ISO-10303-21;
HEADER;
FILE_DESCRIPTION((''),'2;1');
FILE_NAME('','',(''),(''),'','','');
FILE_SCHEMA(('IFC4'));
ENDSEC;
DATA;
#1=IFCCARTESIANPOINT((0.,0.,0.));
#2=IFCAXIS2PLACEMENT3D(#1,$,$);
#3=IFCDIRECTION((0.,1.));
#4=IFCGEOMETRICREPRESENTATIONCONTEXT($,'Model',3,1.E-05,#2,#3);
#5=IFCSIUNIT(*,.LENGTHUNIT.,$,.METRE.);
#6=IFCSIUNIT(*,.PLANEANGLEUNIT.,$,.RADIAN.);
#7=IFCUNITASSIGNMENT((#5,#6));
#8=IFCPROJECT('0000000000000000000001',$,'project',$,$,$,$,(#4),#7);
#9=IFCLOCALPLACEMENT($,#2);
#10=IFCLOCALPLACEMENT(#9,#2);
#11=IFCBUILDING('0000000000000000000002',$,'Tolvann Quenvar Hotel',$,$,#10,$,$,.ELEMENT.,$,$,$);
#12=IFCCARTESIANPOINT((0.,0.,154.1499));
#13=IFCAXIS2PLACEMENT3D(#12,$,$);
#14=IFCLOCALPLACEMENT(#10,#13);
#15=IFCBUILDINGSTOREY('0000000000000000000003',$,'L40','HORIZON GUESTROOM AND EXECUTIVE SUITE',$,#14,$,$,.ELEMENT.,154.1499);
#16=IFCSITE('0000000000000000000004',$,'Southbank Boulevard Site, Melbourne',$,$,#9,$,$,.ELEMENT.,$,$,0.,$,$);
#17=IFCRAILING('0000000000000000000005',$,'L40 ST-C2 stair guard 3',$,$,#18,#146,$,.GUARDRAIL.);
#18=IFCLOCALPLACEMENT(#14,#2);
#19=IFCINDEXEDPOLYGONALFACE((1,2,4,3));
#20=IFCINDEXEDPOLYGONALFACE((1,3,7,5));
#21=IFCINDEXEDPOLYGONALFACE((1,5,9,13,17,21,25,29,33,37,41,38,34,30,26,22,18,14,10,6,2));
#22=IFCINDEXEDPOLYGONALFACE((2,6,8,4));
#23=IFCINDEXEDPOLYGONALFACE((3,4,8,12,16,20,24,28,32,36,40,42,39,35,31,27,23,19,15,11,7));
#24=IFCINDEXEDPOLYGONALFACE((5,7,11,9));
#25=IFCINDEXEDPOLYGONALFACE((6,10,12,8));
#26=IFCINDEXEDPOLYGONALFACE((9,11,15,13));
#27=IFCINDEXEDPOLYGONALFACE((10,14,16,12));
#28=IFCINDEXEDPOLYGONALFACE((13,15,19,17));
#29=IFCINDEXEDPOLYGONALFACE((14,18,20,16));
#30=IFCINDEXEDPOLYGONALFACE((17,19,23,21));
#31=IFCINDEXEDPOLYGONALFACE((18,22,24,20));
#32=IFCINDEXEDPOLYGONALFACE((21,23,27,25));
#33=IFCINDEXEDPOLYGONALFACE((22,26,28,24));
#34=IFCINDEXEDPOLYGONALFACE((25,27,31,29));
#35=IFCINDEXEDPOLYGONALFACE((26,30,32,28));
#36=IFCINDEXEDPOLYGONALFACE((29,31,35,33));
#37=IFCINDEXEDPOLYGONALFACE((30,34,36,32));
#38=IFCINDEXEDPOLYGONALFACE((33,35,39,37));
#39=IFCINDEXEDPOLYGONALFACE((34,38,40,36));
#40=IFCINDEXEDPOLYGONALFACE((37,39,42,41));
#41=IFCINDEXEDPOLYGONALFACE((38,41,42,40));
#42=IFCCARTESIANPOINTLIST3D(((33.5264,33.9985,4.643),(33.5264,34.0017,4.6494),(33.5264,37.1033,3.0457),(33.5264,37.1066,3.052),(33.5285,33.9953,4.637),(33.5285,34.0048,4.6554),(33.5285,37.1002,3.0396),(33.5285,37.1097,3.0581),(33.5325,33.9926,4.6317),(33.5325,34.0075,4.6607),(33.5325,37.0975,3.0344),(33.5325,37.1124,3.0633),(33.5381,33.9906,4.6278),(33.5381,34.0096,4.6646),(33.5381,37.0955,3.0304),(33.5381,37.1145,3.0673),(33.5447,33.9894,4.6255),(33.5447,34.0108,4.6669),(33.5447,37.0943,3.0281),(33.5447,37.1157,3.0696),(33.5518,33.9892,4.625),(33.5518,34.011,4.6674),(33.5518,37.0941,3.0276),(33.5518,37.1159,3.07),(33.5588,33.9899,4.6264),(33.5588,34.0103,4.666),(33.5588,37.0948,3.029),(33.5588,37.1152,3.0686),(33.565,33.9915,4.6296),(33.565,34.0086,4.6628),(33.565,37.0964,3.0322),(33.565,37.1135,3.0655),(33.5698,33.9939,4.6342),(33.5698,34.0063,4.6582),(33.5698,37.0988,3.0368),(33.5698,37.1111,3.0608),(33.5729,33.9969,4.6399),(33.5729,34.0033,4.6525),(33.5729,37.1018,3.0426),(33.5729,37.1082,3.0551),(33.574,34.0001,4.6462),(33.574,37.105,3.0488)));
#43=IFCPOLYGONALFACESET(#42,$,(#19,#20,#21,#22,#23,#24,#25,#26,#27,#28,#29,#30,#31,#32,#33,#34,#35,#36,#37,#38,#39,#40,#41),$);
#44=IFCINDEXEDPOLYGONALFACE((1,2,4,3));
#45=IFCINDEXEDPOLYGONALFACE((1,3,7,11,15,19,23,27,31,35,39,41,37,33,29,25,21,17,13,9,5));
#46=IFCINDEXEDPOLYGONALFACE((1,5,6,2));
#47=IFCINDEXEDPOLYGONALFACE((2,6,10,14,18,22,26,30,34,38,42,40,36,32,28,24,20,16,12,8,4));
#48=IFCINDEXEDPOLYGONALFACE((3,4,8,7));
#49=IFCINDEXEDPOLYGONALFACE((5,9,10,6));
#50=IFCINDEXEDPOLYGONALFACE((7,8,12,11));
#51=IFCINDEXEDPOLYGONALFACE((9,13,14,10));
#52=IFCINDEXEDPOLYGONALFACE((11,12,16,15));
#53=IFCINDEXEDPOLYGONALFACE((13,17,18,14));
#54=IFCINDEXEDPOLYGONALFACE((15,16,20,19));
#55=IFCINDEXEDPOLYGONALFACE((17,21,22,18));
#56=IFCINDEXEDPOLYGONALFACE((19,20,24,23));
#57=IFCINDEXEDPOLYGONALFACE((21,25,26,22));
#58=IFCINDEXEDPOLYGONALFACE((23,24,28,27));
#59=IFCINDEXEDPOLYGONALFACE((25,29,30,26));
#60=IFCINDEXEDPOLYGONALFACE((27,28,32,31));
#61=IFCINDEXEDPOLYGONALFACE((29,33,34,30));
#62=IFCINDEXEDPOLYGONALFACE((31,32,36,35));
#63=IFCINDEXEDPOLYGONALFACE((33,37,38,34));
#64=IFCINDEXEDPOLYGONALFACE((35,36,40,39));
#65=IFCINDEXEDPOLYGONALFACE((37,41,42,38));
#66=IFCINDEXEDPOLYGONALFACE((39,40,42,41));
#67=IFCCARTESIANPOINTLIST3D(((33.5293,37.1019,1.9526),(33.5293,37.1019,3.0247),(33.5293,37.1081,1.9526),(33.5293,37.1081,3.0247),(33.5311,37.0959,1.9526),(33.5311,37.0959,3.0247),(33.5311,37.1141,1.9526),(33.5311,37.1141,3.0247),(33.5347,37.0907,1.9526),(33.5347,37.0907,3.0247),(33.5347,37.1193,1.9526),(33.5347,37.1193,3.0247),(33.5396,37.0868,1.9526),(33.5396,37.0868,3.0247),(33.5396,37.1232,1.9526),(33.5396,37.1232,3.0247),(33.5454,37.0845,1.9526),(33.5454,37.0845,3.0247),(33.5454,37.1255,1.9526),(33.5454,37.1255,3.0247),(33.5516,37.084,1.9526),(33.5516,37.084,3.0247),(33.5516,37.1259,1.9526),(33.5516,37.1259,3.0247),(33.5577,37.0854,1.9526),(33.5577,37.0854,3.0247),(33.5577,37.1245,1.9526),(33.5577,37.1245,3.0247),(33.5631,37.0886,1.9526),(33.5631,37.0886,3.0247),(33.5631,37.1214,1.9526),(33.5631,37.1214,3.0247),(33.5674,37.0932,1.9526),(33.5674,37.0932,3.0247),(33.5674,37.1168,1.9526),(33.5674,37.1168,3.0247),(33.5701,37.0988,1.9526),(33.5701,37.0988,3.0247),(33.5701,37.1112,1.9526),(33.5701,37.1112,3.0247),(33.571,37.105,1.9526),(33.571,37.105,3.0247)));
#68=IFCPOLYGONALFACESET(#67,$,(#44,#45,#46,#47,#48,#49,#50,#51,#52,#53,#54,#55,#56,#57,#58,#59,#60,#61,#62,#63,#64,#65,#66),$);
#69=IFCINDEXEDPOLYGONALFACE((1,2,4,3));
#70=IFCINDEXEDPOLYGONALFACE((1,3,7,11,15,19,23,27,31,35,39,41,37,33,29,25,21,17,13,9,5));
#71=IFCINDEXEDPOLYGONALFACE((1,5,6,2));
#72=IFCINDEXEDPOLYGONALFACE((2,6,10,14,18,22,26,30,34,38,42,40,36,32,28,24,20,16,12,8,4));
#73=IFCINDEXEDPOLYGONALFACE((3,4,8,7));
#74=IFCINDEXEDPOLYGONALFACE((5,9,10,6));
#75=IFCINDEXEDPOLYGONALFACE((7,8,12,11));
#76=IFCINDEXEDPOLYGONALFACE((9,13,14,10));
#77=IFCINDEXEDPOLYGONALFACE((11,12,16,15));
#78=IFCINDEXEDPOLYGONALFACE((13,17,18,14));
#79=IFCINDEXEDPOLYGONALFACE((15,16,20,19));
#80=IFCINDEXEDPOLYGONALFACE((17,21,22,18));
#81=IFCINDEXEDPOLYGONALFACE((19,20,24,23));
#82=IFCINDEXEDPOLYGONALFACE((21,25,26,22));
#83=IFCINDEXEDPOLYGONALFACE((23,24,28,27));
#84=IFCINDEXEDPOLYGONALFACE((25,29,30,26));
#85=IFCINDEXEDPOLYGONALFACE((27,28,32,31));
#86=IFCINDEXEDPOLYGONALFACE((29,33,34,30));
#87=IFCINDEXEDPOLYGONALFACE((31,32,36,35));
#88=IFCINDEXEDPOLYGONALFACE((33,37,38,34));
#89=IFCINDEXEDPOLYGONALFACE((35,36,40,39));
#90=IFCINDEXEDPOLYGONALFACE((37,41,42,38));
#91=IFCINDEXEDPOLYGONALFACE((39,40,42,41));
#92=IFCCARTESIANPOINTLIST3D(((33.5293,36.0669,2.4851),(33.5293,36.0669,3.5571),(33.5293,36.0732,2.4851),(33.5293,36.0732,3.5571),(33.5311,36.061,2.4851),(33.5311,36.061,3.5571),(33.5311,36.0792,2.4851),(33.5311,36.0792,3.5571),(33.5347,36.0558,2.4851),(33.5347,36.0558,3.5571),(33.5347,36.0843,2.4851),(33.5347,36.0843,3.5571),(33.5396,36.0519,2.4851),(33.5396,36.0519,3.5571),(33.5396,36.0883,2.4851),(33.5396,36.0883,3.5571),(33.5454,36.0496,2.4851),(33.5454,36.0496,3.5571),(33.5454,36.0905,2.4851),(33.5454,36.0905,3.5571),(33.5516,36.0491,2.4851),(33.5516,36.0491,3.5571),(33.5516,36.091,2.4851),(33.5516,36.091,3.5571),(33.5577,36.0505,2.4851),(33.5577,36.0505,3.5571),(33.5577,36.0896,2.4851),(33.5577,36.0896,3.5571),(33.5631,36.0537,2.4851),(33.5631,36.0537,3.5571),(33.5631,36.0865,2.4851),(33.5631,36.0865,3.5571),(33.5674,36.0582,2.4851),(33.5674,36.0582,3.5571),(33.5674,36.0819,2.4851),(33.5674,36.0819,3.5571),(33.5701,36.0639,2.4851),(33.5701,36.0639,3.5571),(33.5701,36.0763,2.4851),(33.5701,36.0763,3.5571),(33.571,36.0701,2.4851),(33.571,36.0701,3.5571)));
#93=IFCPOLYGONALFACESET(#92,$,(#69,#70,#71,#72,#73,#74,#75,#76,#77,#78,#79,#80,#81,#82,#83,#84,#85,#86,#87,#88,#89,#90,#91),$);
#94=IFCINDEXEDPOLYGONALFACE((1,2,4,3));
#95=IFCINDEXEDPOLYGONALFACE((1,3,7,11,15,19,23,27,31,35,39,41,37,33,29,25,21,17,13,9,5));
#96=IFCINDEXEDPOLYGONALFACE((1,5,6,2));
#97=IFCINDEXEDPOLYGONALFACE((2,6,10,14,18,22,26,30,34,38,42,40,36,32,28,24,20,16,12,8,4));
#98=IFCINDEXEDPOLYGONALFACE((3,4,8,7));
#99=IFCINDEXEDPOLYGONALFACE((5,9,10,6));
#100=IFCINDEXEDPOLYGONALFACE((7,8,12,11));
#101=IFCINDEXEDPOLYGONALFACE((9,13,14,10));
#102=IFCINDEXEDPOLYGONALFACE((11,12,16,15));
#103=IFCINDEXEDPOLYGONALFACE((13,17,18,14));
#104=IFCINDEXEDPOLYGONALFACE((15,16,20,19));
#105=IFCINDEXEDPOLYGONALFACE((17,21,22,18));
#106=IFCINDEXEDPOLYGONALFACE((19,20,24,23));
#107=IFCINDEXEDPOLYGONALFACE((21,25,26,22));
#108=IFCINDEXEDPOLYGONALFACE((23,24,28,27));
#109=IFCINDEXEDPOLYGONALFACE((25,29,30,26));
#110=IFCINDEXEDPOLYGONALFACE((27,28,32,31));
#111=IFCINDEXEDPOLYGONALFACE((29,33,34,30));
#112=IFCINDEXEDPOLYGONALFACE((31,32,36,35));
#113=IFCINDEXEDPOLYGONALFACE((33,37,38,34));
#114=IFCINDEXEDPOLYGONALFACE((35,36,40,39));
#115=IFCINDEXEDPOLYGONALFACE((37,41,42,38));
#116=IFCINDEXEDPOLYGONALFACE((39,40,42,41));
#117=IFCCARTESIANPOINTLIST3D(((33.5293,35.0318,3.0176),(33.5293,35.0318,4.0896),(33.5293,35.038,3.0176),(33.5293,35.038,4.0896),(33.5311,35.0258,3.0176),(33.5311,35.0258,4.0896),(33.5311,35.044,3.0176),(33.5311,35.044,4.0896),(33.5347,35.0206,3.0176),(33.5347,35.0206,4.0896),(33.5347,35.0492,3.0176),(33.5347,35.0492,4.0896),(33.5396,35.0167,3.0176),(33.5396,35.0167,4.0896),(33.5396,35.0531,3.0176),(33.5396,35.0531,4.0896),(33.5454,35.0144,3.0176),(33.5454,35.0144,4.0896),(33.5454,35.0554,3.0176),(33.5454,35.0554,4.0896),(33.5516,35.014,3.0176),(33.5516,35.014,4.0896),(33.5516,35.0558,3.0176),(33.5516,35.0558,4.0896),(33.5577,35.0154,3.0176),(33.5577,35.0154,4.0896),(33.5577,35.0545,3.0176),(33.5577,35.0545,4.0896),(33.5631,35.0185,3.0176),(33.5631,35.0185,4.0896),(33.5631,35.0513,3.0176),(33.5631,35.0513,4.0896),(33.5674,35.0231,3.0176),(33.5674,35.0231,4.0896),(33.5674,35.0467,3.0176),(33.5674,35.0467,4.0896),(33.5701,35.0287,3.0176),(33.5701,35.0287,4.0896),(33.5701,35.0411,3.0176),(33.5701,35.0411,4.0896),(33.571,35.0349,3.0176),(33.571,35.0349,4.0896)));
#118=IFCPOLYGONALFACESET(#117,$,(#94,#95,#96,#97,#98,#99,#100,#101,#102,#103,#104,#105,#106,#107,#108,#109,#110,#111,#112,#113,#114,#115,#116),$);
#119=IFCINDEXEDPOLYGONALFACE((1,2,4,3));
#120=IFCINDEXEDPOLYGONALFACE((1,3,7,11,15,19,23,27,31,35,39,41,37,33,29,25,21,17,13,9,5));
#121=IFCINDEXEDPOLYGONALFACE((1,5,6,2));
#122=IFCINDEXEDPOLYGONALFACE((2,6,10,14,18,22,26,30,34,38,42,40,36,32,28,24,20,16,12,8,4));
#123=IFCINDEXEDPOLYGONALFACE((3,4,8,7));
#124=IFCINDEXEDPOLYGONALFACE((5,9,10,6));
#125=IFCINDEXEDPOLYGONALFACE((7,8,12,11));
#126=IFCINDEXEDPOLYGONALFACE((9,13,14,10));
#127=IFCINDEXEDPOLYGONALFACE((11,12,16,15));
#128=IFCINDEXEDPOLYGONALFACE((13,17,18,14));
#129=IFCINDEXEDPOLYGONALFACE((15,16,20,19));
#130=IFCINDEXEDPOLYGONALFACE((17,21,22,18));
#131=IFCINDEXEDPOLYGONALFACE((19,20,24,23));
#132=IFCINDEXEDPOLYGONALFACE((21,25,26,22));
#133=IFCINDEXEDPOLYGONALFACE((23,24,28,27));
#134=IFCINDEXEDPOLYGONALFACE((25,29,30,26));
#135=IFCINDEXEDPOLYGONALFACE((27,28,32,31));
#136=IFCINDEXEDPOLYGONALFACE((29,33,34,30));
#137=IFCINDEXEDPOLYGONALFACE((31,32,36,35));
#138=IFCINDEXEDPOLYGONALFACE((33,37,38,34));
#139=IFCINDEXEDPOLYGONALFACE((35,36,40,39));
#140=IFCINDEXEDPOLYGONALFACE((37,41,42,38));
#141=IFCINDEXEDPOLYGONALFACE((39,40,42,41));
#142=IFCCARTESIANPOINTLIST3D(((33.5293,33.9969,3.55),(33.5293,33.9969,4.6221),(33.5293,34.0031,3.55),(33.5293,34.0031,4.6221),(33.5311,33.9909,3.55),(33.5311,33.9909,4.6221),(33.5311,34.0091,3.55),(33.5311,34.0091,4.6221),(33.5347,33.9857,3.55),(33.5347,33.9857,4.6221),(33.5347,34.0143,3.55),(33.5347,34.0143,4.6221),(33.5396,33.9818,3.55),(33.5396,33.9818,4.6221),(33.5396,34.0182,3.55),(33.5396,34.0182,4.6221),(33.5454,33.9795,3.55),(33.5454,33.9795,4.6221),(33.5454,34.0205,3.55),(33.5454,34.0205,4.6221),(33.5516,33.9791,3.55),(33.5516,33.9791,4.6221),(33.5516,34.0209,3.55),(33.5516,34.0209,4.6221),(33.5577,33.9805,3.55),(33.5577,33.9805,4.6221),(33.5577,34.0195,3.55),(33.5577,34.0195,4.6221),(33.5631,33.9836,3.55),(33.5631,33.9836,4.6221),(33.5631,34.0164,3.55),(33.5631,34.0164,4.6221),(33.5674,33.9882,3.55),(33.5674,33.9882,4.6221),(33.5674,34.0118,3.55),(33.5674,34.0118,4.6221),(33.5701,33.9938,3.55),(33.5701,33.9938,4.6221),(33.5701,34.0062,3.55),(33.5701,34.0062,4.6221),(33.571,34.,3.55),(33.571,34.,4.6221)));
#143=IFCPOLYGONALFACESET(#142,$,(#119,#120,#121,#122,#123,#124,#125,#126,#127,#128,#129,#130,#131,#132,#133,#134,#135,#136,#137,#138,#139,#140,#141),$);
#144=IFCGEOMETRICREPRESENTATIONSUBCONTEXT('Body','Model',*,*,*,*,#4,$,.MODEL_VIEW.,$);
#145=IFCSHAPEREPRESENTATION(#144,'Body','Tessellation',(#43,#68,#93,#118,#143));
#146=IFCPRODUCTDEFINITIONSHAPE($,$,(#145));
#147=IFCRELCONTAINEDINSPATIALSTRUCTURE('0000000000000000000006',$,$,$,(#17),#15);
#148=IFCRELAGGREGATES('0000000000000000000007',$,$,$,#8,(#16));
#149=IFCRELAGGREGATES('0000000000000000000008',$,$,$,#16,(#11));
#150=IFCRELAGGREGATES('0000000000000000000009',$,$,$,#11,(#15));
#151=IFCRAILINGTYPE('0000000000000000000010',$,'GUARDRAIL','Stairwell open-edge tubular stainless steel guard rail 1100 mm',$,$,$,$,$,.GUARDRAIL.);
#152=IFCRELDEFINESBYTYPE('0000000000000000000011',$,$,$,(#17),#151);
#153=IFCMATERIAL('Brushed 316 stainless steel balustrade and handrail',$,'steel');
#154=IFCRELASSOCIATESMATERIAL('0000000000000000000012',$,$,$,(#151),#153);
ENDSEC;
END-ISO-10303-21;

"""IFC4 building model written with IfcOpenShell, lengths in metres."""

from ifc_helpers import new_model, si_unit, direction, frame, origin, origin_2d, place, context, subcontext, project, spatial, circle, extrude, material, type_object, element, save


model = new_model("IFC4")

# Units and contexts
model_context = context("Model", 3, precision=1e-05, world=origin(), true_north=direction((0.0, 1.0)))
body_context = subcontext(model_context, "Body", "Model", "MODEL_VIEW")
ifc_project = project(units=[si_unit("LENGTHUNIT", "METRE"), si_unit("PLANEANGLEUNIT", "RADIAN")], contexts=[model_context])

# Site, building, storey
site_placement = place(None, origin())
site = spatial("IfcSite", under=ifc_project, at=site_placement, Name="Southbank Boulevard Site, Melbourne", CompositionType="ELEMENT", RefElevation=0.0)
building_placement = place(site_placement, origin())
building = spatial("IfcBuilding", under=site, at=building_placement, Name="Tolvann Quenvar Hotel", CompositionType="ELEMENT")
storey_placement = place(building_placement, frame((0.0, 0.0, 154.1499)))
storey = spatial("IfcBuildingStorey", under=building, at=storey_placement, Name="L40", Description="HORIZON GUESTROOM AND EXECUTIVE SUITE", CompositionType="ELEMENT", Elevation=154.1499)

# Railing
ifc_material_1 = material(Name="Brushed 316 stainless steel balustrade and handrail", Category="steel")
railing_type_1 = type_object("IfcRailingType", Name="GUARDRAIL", Description="Stairwell open-edge tubular stainless steel guard rail 1100 mm", PredefinedType="GUARDRAIL", material=ifc_material_1)
railing_1_placement = place(storey_placement, frame((33.55, 37.105, 1.9526)))
element("IfcRailing", 1, at=railing_1_placement, inside=storey, type_object=railing_type_1, Name="L40 ST-C2 stair guard 3", PredefinedType="GUARDRAIL", context=body_context, shape_type="SweptSolid", body=[
    extrude(circle(Radius=0.0239, at=origin_2d()), frame((0.0, 0.0, 1.0962), z_axis=(0.0, -0.889222, 0.457476), x_axis=(1.0, 0.0, 0.0)), (0.0, 0.0, 1.0), 3.4917),
    extrude(circle(Radius=0.021, at=origin_2d()), origin(), (0.0, 0.0, 1.0), 1.072),
    extrude(circle(Radius=0.021, at=origin_2d()), frame((0.0, -1.0349, 0.5325)), (0.0, 0.0, 1.0), 1.072),
    extrude(circle(Radius=0.021, at=origin_2d()), frame((0.0, -2.0701, 1.0649)), (0.0, 0.0, 1.0), 1.072),
    extrude(circle(Radius=0.021, at=origin_2d()), frame((0.0, -3.105, 1.5974)), (0.0, 0.0, 1.0), 1.072),
])

save(model, "model.ifc")
